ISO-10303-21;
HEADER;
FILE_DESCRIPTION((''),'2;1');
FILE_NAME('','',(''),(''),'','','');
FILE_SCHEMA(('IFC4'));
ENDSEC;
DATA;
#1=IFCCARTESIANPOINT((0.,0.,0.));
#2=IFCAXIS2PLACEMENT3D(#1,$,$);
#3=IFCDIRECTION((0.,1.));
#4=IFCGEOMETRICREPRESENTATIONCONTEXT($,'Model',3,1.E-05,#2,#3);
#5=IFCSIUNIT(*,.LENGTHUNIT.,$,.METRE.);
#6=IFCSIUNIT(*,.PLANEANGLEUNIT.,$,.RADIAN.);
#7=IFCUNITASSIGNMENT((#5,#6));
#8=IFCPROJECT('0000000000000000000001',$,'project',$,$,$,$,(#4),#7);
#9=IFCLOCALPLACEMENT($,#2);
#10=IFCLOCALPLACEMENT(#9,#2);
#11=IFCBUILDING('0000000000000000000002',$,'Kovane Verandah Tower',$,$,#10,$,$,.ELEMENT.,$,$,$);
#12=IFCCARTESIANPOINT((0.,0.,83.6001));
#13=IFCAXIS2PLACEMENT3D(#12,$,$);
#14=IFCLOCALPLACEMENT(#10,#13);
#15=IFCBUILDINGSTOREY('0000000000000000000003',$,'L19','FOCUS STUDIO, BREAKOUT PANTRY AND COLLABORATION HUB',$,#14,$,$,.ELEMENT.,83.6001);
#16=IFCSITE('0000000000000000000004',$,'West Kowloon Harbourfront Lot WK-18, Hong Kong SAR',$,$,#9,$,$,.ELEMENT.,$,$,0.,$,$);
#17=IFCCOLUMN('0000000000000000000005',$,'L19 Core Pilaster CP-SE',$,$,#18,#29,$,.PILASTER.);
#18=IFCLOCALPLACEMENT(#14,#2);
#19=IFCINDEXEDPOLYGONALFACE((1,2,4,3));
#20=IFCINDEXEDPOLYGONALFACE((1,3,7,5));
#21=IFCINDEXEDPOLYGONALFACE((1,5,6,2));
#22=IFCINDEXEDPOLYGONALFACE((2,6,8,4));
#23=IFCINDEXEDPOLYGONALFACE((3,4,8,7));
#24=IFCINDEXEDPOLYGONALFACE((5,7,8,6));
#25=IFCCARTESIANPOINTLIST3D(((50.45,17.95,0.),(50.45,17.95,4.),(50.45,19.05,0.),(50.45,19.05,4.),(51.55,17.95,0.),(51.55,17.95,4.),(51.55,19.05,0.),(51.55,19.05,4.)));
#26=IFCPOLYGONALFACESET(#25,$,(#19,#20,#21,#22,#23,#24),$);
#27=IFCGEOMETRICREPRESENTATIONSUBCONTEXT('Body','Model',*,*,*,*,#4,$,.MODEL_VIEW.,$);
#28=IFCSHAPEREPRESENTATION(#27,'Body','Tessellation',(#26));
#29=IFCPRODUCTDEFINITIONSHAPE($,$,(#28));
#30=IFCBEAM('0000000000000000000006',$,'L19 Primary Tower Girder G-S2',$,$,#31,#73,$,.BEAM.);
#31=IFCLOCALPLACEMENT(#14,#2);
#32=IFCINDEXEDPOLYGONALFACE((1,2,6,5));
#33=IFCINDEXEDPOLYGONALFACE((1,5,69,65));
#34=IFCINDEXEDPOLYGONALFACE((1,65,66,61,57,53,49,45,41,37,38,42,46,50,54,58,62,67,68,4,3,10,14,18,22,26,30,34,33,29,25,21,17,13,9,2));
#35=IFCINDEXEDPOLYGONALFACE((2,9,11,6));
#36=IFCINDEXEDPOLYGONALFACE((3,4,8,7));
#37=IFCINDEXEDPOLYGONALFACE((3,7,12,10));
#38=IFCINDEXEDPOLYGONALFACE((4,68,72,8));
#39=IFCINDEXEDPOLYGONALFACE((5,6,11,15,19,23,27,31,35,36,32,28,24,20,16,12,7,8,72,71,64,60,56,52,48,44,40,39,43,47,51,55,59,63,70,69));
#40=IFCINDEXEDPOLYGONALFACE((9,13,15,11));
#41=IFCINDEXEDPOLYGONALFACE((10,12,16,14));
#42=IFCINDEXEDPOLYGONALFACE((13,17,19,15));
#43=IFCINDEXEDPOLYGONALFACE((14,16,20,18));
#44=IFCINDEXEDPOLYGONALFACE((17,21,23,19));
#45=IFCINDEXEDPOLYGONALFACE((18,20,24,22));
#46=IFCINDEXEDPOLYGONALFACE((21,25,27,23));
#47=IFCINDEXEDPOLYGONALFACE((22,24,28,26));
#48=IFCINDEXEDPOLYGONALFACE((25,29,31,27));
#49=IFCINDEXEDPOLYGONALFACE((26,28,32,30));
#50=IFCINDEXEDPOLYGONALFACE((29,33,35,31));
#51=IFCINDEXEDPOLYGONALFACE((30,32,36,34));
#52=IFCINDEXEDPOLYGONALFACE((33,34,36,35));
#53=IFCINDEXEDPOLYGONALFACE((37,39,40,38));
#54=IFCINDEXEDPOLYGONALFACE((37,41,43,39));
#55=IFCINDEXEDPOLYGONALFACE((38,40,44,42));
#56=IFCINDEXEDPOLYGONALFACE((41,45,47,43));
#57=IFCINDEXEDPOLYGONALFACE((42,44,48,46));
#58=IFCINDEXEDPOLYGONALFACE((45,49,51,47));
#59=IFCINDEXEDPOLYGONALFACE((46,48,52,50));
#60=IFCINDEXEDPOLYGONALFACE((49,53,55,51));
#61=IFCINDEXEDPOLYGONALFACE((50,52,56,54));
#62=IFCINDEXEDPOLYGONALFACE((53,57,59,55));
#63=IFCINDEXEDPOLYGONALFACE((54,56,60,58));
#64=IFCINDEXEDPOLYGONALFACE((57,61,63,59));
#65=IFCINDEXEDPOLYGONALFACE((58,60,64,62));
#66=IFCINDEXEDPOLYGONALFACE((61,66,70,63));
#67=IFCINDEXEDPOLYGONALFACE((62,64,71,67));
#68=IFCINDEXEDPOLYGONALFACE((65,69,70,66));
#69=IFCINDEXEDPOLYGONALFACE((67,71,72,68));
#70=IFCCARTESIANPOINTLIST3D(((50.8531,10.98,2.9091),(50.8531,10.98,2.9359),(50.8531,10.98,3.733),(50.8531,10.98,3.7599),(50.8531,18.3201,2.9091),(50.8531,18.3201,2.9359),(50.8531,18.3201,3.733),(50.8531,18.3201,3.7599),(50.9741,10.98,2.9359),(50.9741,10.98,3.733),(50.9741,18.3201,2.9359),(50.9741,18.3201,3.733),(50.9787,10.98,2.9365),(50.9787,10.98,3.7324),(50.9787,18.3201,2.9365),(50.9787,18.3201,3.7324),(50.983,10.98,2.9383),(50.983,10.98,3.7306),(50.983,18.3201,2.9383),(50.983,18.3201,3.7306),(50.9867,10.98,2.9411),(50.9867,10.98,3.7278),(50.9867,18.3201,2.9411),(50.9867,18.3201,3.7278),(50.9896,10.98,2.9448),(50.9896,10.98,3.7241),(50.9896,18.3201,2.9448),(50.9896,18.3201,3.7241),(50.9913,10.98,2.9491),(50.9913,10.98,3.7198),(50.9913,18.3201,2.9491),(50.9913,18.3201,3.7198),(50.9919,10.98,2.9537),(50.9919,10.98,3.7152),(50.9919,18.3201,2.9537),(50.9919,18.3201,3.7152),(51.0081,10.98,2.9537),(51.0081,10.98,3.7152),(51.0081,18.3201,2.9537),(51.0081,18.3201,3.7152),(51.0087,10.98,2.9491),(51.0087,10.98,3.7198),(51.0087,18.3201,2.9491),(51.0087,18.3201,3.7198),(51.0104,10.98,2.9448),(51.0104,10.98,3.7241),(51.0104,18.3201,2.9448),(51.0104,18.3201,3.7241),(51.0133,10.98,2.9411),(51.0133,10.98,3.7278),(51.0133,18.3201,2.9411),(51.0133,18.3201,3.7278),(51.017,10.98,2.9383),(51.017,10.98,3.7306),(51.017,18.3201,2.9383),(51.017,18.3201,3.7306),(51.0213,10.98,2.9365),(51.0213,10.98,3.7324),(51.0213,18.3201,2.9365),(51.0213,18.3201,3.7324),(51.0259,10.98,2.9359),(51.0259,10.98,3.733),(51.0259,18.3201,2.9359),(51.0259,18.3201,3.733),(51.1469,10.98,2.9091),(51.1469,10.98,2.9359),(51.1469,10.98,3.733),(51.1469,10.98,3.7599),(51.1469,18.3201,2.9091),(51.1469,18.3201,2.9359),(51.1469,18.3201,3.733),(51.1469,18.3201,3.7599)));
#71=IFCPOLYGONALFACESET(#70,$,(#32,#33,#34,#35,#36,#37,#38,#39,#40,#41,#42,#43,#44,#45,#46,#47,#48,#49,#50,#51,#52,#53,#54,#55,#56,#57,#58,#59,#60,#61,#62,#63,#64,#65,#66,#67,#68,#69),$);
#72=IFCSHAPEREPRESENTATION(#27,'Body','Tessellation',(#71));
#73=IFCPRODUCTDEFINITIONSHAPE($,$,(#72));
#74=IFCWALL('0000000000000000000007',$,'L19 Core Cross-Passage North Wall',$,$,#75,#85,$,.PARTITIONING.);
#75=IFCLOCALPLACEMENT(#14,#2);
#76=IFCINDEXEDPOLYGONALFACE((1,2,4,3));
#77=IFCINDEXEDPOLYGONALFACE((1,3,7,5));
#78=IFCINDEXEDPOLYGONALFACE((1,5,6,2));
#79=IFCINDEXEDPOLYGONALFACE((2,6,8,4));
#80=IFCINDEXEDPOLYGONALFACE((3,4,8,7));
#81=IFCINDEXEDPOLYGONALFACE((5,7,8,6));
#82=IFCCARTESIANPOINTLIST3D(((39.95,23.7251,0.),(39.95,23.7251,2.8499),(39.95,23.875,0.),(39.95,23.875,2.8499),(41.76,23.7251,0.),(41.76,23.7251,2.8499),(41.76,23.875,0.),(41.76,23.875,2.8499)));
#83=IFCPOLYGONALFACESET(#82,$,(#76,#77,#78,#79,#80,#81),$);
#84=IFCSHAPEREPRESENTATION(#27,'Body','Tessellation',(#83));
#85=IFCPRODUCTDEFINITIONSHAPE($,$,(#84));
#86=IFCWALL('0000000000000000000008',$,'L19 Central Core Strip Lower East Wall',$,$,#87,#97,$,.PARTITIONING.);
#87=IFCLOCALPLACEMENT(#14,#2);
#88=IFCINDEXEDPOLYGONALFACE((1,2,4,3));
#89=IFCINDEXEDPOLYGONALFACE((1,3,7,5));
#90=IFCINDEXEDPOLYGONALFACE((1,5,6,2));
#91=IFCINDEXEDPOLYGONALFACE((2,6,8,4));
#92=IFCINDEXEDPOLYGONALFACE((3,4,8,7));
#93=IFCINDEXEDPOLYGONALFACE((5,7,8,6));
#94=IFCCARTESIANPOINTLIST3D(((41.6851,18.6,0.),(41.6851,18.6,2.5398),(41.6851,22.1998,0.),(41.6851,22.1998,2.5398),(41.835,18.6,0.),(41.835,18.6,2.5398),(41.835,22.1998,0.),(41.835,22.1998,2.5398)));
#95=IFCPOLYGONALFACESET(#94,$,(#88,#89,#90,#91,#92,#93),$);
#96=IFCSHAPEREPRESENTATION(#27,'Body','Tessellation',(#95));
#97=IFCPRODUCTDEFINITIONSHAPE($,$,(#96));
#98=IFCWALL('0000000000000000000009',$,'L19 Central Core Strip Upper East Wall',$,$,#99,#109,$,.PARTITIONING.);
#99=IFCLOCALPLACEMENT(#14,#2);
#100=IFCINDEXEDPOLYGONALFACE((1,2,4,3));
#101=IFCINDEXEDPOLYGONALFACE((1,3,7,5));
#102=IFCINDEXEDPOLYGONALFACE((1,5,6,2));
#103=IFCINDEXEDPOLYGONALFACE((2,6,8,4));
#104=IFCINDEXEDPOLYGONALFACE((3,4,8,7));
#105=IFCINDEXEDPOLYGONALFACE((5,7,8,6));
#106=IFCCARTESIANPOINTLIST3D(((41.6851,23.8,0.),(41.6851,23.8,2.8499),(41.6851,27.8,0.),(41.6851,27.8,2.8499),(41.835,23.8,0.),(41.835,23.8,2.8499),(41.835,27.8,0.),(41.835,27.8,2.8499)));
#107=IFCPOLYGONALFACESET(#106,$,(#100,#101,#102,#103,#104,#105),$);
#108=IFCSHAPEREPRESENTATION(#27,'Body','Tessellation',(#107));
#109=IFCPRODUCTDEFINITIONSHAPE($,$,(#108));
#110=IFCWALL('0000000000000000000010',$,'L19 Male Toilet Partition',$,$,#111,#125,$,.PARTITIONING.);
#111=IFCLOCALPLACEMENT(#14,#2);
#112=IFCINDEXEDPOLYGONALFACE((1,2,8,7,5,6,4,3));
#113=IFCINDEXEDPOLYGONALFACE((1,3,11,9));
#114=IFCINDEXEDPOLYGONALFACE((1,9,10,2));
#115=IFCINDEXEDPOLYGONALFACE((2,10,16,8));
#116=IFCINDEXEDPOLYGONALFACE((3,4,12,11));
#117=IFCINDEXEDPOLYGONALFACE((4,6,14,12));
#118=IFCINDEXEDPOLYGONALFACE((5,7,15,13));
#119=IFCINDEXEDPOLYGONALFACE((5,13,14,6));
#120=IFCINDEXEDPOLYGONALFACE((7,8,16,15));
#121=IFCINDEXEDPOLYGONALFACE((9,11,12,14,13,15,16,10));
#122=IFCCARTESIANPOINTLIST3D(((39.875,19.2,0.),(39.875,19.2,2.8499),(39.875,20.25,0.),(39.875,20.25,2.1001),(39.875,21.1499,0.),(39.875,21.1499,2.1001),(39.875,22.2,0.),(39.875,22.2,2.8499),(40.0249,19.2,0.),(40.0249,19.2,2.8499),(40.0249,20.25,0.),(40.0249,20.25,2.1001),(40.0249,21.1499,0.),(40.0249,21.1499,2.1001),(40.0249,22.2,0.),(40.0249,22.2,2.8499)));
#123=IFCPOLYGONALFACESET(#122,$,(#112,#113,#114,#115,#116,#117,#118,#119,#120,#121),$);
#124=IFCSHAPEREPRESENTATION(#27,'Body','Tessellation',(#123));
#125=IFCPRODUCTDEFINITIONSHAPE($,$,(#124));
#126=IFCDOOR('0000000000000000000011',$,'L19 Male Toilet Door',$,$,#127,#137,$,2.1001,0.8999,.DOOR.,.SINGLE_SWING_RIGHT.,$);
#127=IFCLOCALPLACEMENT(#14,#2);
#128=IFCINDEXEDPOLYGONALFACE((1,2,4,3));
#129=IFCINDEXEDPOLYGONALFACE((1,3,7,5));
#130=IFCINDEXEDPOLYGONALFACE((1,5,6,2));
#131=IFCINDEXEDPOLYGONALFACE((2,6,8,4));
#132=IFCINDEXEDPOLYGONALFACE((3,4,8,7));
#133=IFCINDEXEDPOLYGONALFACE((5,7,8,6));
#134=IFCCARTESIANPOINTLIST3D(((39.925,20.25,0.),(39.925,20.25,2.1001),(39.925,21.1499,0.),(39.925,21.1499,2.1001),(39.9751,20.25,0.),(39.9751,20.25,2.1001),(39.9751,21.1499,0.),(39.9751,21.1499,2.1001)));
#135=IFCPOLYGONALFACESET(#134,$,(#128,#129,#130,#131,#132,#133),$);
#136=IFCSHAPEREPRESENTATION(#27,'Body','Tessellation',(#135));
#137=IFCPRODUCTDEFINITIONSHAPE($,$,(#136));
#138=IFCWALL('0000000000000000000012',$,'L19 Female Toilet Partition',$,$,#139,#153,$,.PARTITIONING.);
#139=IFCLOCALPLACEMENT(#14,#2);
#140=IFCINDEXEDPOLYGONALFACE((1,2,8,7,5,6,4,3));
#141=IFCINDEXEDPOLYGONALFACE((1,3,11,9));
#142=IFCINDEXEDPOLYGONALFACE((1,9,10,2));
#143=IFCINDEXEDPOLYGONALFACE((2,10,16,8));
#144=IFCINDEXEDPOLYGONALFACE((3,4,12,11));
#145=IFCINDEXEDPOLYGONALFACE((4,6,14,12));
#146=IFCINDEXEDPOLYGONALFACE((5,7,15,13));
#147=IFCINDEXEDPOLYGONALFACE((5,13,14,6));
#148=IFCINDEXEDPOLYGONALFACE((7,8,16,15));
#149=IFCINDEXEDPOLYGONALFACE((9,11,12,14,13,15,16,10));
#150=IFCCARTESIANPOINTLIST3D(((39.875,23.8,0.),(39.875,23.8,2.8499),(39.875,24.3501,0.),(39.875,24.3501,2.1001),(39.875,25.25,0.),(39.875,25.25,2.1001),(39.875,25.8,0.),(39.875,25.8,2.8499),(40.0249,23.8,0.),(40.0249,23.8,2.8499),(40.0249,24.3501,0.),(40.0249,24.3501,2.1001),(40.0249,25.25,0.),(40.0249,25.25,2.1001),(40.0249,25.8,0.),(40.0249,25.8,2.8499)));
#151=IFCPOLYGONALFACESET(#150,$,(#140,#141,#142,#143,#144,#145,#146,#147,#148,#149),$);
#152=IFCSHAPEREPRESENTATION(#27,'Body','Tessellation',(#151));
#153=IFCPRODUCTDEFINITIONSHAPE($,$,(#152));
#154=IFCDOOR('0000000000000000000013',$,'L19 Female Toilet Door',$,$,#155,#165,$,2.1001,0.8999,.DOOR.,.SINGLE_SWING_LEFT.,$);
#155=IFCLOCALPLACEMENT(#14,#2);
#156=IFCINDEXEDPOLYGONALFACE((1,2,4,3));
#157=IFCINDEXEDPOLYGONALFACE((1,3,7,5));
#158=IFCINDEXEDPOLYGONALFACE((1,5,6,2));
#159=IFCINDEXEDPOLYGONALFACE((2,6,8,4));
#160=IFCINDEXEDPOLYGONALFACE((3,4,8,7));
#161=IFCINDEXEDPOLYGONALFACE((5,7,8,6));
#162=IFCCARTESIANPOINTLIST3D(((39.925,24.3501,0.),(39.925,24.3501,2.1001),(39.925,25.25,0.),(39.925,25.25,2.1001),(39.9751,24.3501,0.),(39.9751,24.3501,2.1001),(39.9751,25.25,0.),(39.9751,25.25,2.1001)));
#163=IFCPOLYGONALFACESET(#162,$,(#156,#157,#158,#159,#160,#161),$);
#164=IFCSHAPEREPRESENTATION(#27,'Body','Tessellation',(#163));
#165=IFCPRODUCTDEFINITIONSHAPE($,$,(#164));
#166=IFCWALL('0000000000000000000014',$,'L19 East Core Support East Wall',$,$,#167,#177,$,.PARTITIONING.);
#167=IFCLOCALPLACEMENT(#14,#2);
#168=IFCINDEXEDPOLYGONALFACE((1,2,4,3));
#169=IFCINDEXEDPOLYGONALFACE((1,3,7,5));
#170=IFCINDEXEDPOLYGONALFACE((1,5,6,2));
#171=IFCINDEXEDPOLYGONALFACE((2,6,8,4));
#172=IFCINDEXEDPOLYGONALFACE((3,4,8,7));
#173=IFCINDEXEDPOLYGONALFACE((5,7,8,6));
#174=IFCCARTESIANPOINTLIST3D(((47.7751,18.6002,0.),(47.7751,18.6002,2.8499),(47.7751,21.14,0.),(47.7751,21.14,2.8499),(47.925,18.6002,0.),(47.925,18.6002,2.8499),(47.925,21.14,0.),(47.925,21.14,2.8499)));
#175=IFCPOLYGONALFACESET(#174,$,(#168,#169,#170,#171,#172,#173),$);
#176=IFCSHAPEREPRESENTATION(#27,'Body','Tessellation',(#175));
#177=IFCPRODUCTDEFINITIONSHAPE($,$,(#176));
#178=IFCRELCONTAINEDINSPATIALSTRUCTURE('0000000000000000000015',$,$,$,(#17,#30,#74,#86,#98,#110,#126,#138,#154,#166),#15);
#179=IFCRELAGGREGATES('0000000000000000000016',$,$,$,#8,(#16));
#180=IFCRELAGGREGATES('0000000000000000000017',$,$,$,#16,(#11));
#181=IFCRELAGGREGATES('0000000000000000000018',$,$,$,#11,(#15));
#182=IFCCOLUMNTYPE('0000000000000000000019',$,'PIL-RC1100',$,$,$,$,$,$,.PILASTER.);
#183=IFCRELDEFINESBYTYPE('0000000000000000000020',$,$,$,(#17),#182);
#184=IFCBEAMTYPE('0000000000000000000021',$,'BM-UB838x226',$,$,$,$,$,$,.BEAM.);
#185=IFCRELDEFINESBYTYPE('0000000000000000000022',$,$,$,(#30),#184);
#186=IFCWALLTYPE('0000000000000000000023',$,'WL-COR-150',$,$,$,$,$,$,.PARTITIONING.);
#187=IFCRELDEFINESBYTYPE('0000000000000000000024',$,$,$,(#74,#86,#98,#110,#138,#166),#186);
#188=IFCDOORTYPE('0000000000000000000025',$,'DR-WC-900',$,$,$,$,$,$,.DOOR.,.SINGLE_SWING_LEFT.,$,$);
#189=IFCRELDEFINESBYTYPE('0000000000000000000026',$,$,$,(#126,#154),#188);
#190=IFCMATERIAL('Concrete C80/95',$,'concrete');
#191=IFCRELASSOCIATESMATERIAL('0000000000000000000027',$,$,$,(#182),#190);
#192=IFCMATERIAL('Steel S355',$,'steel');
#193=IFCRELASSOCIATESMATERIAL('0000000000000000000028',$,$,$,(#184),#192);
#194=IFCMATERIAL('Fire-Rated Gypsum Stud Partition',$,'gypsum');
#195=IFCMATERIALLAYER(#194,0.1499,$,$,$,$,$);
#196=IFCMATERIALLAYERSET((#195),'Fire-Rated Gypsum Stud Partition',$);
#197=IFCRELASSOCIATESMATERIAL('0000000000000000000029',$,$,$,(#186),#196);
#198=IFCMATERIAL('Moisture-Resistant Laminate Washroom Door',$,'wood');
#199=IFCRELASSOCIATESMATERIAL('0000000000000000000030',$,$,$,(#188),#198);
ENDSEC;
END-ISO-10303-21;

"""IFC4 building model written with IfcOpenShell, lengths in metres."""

from ifc_helpers import new_model, si_unit, direction, frame, frame_2d, origin, origin_2d, place, context, subcontext, project, spatial, rectangle, i_section, extrude, material, layer, layer_set, material_profile, profile_set, type_object, element, fill, save


model = new_model("IFC4")

# Units and contexts
model_context = context("Model", 3, precision=1e-05, world=origin(), true_north=direction((0.0, 1.0)))
body_context = subcontext(model_context, "Body", "Model", "MODEL_VIEW")
ifc_project = project(units=[si_unit("LENGTHUNIT", "METRE"), si_unit("PLANEANGLEUNIT", "RADIAN")], contexts=[model_context])

# Site, building, storey
site_placement = place(None, origin())
site = spatial("IfcSite", under=ifc_project, at=site_placement, Name="West Kowloon Harbourfront Lot WK-18, Hong Kong SAR", CompositionType="ELEMENT", RefElevation=0.0)
building_placement = place(site_placement, origin())
building = spatial("IfcBuilding", under=site, at=building_placement, Name="Kovane Verandah Tower", CompositionType="ELEMENT")
storey_placement = place(building_placement, frame((0.0, 0.0, 83.6001)))
storey = spatial("IfcBuildingStorey", under=building, at=storey_placement, Name="L19", Description="FOCUS STUDIO, BREAKOUT PANTRY AND COLLABORATION HUB", CompositionType="ELEMENT", Elevation=83.6001)

# Column
ifc_material_1 = material(Name="Concrete C80/95", Category="concrete")
ifc_material_profile_1 = material_profile(ifc_material_1, rectangle(XDim=1.1001, YDim=1.1001, at=origin_2d()), Name="RC1100x1100")
ifc_profile_set_1 = profile_set([ifc_material_profile_1], Name="Concrete C80/95")
column_type = type_object("IfcColumnType", Name="PIL-RC1100", PredefinedType="PILASTER", material=ifc_profile_set_1)
column_placement = place(storey_placement, frame((51.0, 18.5, 0.0), z_axis=(0.0, 0.0, 1.0), x_axis=(1.0, 0.0, 0.0)))
element("IfcColumn", 1, at=column_placement, inside=storey, type_object=column_type, Name="L19 Core Pilaster CP-SE", PredefinedType="PILASTER", context=body_context, shape_type="SweptSolid", body=[
    extrude(rectangle(XDim=1.1001, YDim=1.1001, at=origin_2d()), origin(), (0.0, 0.0, 1.0), 4.0),
])

# Beam
ifc_material_2 = material(Name="Steel S355", Category="steel")
ifc_material_profile_2 = material_profile(ifc_material_2, i_section(OverallWidth=0.2937, OverallDepth=0.8508, WebThickness=0.0161, FlangeThickness=0.0269, FilletRadius=0.0178, at=origin_2d()), Name="UB838x292x226")
ifc_profile_set_2 = profile_set([ifc_material_profile_2], Name="Steel S355")
beam_type = type_object("IfcBeamType", Name="BM-UB838x226", PredefinedType="BEAM", material=ifc_profile_set_2)
beam_placement = place(storey_placement, frame((51.0, 18.3201, 3.3345), z_axis=(0.0, -1.0, 0.0), x_axis=(1.0, 0.0, 0.0)))
element("IfcBeam", 2, at=beam_placement, inside=storey, type_object=beam_type, Name="L19 Primary Tower Girder G-S2", PredefinedType="BEAM", context=body_context, shape_type="SweptSolid", body=[
    extrude(i_section(OverallWidth=0.2937, OverallDepth=0.8508, WebThickness=0.0161, FlangeThickness=0.0269, FilletRadius=0.0178, at=origin_2d()), origin(), (0.0, 0.0, 1.0), 7.3401),
])

# Walls
ifc_material_3 = material(Name="Fire-Rated Gypsum Stud Partition", Category="gypsum")
ifc_layer_1 = layer(ifc_material_3, 0.1499)
ifc_layer_set_1 = layer_set([ifc_layer_1], Name="Fire-Rated Gypsum Stud Partition")
wall_type_1 = type_object("IfcWallType", Name="WL-COR-150", PredefinedType="PARTITIONING", material=ifc_layer_set_1)
wall_1_placement = place(storey_placement, frame((39.95, 23.8, 0.0), z_axis=(0.0, 0.0, 1.0), x_axis=(1.0, 0.0, 0.0)))
element("IfcWall", 3, at=wall_1_placement, inside=storey, type_object=wall_type_1, Name="L19 Core Cross-Passage North Wall", PredefinedType="PARTITIONING", context=body_context, shape_type="SweptSolid", body=[
    extrude(rectangle(XDim=1.8101, YDim=0.1499, at=frame_2d((0.905, 0.0))), origin(), (0.0, 0.0, 1.0), 2.8499),
])
wall_2_placement = place(storey_placement, frame((41.76, 18.6001, 0.0), z_axis=(0.0, 0.0, 1.0), x_axis=(0.0, 1.0, 0.0)))
element("IfcWall", 4, at=wall_2_placement, inside=storey, type_object=wall_type_1, Name="L19 Central Core Strip Lower East Wall", PredefinedType="PARTITIONING", context=body_context, shape_type="SweptSolid", body=[
    extrude(rectangle(XDim=3.5999, YDim=0.1499, at=frame_2d((1.7998, 0.0))), origin(), (0.0, 0.0, 1.0), 2.5398),
])
wall_3_placement = place(storey_placement, frame((41.76, 23.8, 0.0), z_axis=(0.0, 0.0, 1.0), x_axis=(0.0, 1.0, 0.0)))
element("IfcWall", 5, at=wall_3_placement, inside=storey, type_object=wall_type_1, Name="L19 Central Core Strip Upper East Wall", PredefinedType="PARTITIONING", context=body_context, shape_type="SweptSolid", body=[
    extrude(rectangle(XDim=4.0, YDim=0.1499, at=frame_2d((2.0, 0.0))), origin(), (0.0, 0.0, 1.0), 2.8499),
])

# Walls, openings, doors
wall_4_placement = place(storey_placement, frame((39.95, 19.2, 0.0), z_axis=(0.0, 0.0, 1.0), x_axis=(0.0, 1.0, 0.0)))
wall_4 = element("IfcWall", 6, at=wall_4_placement, inside=storey, type_object=wall_type_1, Name="L19 Male Toilet Partition", PredefinedType="PARTITIONING", context=body_context, shape_type="SweptSolid", body=[
    extrude(rectangle(XDim=3.0, YDim=0.1499, at=frame_2d((1.5, 0.0))), origin(), (0.0, 0.0, 1.0), 2.8499),
])
opening_1_placement = place(wall_4_placement, frame((1.05, 0.0, 0.0)))
opening_1 = element("IfcOpeningElement", 7, at=opening_1_placement, cuts=wall_4, PredefinedType="OPENING", context=body_context, shape_type="SweptSolid", body=[
    extrude(rectangle(XDim=0.8999, YDim=2.1001, at=frame_2d((0.45, 1.05))), frame((0.0, 0.075, 0.0), z_axis=(0.0, -1.0, 0.0), x_axis=(1.0, 0.0, 0.0)), (0.0, 0.0, 1.0), 0.1499),
])
ifc_material_4 = material(Name="Moisture-Resistant Laminate Washroom Door", Category="wood")
door_type_1 = type_object("IfcDoorType", Name="DR-WC-900", OperationType="SINGLE_SWING_LEFT", PredefinedType="DOOR", material=ifc_material_4)
door_1_placement = place(opening_1_placement, origin())
door_1 = element("IfcDoor", 8, at=door_1_placement, inside=storey, type_object=door_type_1, Name="L19 Male Toilet Door", OperationType="SINGLE_SWING_RIGHT", OverallHeight=2.1001, OverallWidth=0.8999, PredefinedType="DOOR", context=body_context, shape_type="SweptSolid", body=[
    extrude(rectangle(XDim=0.8999, YDim=2.1001, at=frame_2d((0.45, 1.05))), frame((0.0, 0.0249, 0.0), z_axis=(0.0, -1.0, 0.0), x_axis=(1.0, 0.0, 0.0)), (0.0, 0.0, 1.0), 0.05),
])
fill(opening_1, door_1)
wall_5_placement = place(storey_placement, frame((39.95, 23.8, 0.0), z_axis=(0.0, 0.0, 1.0), x_axis=(0.0, 1.0, 0.0)))
wall_5 = element("IfcWall", 9, at=wall_5_placement, inside=storey, type_object=wall_type_1, Name="L19 Female Toilet Partition", PredefinedType="PARTITIONING", context=body_context, shape_type="SweptSolid", body=[
    extrude(rectangle(XDim=2.0, YDim=0.1499, at=frame_2d((1.0, 0.0))), origin(), (0.0, 0.0, 1.0), 2.8499),
])
opening_2_placement = place(wall_5_placement, frame((0.55, 0.0, 0.0)))
opening_2 = element("IfcOpeningElement", 10, at=opening_2_placement, cuts=wall_5, PredefinedType="OPENING", context=body_context, shape_type="SweptSolid", body=[
    extrude(rectangle(XDim=0.8999, YDim=2.1001, at=frame_2d((0.45, 1.05))), frame((0.0, 0.075, 0.0), z_axis=(0.0, -1.0, 0.0), x_axis=(1.0, 0.0, 0.0)), (0.0, 0.0, 1.0), 0.1499),
])
door_2_placement = place(opening_2_placement, origin())
door_2 = element("IfcDoor", 11, at=door_2_placement, inside=storey, type_object=door_type_1, Name="L19 Female Toilet Door", OperationType="SINGLE_SWING_LEFT", OverallHeight=2.1001, OverallWidth=0.8999, PredefinedType="DOOR", context=body_context, shape_type="SweptSolid", body=[
    extrude(rectangle(XDim=0.8999, YDim=2.1001, at=frame_2d((0.45, 1.05))), frame((0.0, 0.0249, 0.0), z_axis=(0.0, -1.0, 0.0), x_axis=(1.0, 0.0, 0.0)), (0.0, 0.0, 1.0), 0.05),
])
fill(opening_2, door_2)

# Wall
wall_6_placement = place(storey_placement, frame((47.8501, 18.6001, 0.0), z_axis=(0.0, 0.0, 1.0), x_axis=(0.0, 1.0, 0.0)))
element("IfcWall", 12, at=wall_6_placement, inside=storey, type_object=wall_type_1, Name="L19 East Core Support East Wall", PredefinedType="PARTITIONING", context=body_context, shape_type="SweptSolid", body=[
    extrude(rectangle(XDim=2.5398, YDim=0.1499, at=frame_2d((1.27, 0.0))), origin(), (0.0, 0.0, 1.0), 2.8499),
])

save(model, "model.ifc")
